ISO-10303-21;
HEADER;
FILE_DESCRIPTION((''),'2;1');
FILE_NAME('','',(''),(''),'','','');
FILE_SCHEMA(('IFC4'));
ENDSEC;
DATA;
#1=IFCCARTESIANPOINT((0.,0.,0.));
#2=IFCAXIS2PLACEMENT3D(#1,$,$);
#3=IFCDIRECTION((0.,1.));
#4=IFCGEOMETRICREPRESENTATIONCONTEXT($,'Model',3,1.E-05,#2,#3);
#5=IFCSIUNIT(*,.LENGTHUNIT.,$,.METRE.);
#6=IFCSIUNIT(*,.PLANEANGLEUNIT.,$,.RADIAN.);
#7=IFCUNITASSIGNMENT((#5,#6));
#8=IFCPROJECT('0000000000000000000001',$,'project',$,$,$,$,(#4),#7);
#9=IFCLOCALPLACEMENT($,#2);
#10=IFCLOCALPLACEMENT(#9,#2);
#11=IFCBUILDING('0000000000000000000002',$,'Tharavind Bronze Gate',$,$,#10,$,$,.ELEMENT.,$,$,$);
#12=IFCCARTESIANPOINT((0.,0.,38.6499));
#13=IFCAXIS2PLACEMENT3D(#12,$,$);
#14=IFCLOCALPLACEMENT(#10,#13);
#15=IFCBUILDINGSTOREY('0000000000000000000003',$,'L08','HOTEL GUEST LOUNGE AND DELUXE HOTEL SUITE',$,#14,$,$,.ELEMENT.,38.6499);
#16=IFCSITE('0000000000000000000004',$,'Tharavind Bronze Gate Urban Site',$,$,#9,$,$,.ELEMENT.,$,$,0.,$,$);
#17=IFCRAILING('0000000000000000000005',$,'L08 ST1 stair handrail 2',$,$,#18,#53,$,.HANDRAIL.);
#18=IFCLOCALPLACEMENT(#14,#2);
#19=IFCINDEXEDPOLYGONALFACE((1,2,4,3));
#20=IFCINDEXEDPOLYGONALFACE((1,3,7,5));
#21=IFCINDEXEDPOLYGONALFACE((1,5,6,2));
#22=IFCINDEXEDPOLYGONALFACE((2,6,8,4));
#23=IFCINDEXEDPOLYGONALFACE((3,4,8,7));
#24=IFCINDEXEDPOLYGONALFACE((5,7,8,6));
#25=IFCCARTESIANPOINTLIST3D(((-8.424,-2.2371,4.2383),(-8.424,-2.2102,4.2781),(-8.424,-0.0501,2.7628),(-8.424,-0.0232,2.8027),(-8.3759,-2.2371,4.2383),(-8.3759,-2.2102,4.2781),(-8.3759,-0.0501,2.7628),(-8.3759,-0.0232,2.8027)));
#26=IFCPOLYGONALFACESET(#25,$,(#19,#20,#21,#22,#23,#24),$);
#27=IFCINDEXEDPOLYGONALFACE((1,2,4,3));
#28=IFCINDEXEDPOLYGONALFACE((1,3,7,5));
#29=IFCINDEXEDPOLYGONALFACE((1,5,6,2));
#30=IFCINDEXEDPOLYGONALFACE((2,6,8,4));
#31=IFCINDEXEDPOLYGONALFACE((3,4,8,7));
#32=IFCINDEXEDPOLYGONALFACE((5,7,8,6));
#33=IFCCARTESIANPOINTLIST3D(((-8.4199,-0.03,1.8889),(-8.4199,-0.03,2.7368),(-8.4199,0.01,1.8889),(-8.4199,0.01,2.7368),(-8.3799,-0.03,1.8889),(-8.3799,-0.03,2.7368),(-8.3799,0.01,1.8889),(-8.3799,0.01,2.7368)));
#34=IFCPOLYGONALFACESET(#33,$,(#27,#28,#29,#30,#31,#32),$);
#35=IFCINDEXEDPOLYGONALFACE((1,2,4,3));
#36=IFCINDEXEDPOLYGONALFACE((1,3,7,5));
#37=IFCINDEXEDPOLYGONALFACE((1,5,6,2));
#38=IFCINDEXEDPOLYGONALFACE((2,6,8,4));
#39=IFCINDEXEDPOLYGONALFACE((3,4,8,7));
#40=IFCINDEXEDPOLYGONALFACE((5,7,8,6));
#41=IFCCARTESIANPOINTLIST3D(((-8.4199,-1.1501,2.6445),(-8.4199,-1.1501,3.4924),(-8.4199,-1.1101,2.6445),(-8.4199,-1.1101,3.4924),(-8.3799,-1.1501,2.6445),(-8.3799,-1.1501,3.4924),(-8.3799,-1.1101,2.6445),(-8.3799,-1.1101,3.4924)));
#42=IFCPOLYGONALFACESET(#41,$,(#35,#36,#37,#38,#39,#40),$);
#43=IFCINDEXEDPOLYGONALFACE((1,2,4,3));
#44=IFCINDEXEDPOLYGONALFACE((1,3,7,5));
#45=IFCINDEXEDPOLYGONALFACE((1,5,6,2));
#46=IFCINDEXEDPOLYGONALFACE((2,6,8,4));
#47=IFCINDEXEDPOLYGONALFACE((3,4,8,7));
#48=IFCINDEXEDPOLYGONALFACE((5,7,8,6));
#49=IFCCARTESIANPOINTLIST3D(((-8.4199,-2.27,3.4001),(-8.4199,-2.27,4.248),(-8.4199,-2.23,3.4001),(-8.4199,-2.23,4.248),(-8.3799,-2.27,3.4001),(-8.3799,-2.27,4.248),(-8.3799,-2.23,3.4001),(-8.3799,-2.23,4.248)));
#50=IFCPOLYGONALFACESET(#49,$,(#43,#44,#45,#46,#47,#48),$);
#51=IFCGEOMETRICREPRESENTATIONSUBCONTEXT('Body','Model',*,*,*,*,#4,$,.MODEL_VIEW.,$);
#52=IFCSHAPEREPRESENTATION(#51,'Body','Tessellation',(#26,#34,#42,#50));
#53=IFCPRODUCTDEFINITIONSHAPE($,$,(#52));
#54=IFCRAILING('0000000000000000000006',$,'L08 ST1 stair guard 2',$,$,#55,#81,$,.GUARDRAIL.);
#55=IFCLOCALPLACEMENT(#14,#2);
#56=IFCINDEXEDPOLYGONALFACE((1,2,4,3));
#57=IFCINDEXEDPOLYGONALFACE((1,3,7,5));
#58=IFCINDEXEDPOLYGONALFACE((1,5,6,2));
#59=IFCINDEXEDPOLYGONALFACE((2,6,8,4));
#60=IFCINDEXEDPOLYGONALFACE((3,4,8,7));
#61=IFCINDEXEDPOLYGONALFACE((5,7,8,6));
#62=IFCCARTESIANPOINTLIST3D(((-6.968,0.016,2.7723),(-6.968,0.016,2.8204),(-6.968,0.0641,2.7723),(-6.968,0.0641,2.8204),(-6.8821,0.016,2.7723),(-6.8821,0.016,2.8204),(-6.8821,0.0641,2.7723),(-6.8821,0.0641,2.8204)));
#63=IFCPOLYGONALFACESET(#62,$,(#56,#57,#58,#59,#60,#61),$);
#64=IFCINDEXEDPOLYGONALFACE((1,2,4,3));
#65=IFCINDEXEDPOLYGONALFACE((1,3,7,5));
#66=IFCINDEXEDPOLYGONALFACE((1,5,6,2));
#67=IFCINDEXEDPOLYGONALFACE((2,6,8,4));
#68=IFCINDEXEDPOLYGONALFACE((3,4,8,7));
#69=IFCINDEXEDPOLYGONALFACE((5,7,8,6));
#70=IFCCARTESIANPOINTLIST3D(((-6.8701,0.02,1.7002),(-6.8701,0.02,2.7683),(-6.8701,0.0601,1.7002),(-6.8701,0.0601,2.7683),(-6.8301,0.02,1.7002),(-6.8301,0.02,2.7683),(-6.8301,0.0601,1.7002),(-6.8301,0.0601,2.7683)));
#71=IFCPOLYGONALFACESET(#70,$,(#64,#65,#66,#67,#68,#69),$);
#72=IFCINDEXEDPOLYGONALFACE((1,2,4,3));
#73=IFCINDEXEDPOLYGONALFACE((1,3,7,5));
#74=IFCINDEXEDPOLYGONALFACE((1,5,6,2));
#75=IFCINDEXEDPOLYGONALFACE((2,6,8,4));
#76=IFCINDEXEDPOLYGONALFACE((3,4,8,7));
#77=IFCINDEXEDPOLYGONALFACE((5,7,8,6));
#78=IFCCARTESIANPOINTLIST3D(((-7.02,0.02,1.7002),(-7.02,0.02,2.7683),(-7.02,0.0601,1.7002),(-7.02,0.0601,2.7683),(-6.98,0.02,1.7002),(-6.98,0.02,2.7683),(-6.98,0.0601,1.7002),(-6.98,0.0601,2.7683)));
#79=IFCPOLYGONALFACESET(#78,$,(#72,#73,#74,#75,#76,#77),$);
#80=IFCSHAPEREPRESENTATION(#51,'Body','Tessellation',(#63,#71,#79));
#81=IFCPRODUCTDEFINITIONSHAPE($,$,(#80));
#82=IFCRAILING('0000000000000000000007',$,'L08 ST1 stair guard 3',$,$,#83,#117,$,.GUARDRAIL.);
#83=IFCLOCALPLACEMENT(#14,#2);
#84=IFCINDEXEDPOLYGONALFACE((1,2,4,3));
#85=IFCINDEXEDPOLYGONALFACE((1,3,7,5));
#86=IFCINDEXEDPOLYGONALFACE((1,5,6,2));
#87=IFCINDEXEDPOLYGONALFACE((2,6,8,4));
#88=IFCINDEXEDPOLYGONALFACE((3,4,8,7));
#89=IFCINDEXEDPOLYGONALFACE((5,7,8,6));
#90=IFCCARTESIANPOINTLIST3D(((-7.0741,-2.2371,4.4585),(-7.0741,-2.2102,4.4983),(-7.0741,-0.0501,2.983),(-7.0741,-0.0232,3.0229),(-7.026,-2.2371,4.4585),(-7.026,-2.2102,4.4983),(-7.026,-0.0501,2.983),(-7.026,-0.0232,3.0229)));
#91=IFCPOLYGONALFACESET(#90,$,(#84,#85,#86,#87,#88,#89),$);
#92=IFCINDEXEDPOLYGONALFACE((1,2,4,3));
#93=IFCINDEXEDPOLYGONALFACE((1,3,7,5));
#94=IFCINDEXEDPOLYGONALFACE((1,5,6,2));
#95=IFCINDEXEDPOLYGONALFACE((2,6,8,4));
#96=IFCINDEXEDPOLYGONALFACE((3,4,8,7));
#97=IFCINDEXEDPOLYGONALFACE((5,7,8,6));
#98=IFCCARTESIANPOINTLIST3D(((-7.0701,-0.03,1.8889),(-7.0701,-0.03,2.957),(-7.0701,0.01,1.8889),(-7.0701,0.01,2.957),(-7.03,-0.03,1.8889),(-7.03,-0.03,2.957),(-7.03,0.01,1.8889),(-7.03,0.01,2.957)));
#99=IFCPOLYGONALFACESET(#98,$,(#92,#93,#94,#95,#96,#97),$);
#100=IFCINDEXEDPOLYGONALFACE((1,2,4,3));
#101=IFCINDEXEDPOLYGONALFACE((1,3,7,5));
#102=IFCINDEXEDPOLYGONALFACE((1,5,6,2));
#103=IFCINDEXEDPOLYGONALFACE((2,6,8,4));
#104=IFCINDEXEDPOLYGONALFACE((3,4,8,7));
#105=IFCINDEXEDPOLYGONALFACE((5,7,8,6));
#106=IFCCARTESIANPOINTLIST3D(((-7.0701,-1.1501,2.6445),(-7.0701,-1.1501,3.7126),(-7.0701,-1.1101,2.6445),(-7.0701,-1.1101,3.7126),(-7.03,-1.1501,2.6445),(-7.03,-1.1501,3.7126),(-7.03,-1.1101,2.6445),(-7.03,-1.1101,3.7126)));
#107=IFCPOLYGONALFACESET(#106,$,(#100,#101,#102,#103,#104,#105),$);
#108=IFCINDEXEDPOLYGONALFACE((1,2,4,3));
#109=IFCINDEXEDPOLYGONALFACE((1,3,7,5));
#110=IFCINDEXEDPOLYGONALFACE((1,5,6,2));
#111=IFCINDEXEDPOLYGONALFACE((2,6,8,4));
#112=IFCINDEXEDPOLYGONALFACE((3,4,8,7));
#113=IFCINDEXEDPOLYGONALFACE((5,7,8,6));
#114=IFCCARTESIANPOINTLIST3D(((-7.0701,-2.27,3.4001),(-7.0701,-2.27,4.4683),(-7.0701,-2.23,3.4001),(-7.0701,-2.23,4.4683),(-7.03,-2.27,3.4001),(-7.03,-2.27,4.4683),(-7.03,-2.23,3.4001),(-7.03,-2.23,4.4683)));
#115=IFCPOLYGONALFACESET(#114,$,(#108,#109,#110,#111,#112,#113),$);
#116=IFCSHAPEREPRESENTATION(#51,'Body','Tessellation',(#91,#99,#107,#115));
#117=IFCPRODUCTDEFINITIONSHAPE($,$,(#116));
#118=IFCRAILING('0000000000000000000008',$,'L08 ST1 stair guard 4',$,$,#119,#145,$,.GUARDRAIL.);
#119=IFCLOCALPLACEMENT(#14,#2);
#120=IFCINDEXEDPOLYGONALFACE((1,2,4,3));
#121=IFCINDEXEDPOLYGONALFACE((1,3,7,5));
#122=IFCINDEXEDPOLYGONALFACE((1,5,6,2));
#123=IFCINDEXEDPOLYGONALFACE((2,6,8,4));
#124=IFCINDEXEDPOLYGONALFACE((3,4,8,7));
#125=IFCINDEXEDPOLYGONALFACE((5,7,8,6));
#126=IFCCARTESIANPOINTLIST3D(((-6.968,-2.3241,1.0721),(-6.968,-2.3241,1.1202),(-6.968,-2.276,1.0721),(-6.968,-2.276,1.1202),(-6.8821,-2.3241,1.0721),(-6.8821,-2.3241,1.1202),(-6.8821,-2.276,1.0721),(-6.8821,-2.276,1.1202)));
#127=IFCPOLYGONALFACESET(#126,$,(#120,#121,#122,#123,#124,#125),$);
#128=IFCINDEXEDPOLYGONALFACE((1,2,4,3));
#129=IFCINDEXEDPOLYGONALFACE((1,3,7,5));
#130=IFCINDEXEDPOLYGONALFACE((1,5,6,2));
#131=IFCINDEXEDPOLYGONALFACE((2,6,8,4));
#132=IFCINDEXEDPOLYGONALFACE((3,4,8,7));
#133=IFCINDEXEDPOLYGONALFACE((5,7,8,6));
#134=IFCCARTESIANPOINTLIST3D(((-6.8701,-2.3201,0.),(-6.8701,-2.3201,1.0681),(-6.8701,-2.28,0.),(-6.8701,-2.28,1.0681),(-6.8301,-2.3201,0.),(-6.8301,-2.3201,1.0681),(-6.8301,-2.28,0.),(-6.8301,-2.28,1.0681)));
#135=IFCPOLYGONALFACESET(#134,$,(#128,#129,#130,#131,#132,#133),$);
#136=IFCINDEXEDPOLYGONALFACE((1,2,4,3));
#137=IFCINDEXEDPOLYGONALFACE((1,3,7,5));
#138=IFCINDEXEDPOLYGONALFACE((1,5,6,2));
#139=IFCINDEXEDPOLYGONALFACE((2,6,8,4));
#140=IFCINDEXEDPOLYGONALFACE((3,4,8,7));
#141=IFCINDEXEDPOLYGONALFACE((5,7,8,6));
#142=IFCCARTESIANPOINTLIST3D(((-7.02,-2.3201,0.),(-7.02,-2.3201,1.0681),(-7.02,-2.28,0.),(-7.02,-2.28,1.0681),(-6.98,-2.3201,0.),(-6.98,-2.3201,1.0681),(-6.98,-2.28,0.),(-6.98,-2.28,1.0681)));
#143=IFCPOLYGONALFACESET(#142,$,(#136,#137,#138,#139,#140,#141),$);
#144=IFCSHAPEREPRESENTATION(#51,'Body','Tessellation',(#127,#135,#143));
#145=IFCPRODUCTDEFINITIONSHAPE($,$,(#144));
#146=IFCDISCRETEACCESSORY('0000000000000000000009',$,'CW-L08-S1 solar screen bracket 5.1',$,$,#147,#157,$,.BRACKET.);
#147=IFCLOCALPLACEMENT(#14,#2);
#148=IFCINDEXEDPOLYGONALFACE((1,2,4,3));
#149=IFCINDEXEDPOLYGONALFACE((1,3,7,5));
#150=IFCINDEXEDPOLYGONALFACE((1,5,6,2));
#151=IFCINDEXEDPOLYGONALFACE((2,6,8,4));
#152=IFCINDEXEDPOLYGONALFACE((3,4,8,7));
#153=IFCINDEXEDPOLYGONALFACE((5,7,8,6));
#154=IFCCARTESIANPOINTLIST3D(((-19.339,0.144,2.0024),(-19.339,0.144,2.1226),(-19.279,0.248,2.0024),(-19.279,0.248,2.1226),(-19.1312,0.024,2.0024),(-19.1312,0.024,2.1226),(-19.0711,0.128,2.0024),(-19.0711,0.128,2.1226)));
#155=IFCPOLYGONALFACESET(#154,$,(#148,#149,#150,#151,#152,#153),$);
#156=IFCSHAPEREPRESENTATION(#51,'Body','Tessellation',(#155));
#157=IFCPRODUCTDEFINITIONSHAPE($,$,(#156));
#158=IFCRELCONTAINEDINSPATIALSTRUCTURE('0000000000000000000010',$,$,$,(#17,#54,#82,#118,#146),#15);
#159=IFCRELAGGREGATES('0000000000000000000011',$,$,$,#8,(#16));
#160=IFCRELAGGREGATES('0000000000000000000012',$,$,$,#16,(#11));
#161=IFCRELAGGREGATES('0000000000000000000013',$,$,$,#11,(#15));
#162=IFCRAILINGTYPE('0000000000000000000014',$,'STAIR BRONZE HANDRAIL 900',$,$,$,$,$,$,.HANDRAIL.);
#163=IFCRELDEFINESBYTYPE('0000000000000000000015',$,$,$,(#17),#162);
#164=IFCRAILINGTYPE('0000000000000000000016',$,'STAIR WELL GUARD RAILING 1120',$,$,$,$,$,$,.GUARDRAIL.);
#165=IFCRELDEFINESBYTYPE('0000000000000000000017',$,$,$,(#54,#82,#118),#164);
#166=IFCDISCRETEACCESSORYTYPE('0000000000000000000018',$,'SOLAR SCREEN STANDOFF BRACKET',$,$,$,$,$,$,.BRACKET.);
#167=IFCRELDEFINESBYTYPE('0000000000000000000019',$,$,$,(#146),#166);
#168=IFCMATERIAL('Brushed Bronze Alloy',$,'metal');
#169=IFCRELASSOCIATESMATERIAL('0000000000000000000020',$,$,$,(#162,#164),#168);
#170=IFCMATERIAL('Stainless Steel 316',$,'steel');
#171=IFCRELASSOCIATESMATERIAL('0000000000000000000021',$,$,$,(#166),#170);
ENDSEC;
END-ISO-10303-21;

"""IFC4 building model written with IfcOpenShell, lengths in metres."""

from ifc_helpers import new_model, si_unit, direction, frame, origin, origin_2d, place, context, subcontext, project, spatial, rectangle, extrude, material, type_object, element, save


model = new_model("IFC4")

# Units and contexts
model_context = context("Model", 3, precision=1e-05, world=origin(), true_north=direction((0.0, 1.0)))
body_context = subcontext(model_context, "Body", "Model", "MODEL_VIEW")
ifc_project = project(units=[si_unit("LENGTHUNIT", "METRE"), si_unit("PLANEANGLEUNIT", "RADIAN")], contexts=[model_context])

# Site, building, storey
site_placement = place(None, origin())
site = spatial("IfcSite", under=ifc_project, at=site_placement, Name="Tharavind Bronze Gate Urban Site", CompositionType="ELEMENT", RefElevation=0.0)
building_placement = place(site_placement, origin())
building = spatial("IfcBuilding", under=site, at=building_placement, Name="Tharavind Bronze Gate", CompositionType="ELEMENT")
storey_placement = place(building_placement, frame((0.0, 0.0, 38.6499)))
storey = spatial("IfcBuildingStorey", under=building, at=storey_placement, Name="L08", Description="HOTEL GUEST LOUNGE AND DELUXE HOTEL SUITE", CompositionType="ELEMENT", Elevation=38.6499)

# Railings
ifc_material_1 = material(Name="Brushed Bronze Alloy", Category="metal")
railing_type_1 = type_object("IfcRailingType", Name="STAIR BRONZE HANDRAIL 900", PredefinedType="HANDRAIL", material=ifc_material_1)
railing_1_placement = place(storey_placement, frame((-8.3999, -0.01, 1.8889)))
element("IfcRailing", 1, at=railing_1_placement, inside=storey, type_object=railing_type_1, Name="L08 ST1 stair handrail 2", PredefinedType="HANDRAIL", context=body_context, shape_type="SweptSolid", body=[
    extrude(rectangle(XDim=0.0481, YDim=0.0481, at=origin_2d()), frame((0.0, -0.0266, 0.8938), z_axis=(0.0, -0.82898, 0.559279), x_axis=(1.0, 0.0, 0.0)), (0.0, 0.0, 1.0), 2.6382),
    extrude(rectangle(XDim=0.04, YDim=0.04, at=origin_2d()), origin(), (0.0, 0.0, 1.0), 0.8479),
    extrude(rectangle(XDim=0.04, YDim=0.04, at=origin_2d()), frame((0.0, -1.1201, 0.7556)), (0.0, 0.0, 1.0), 0.8479),
    extrude(rectangle(XDim=0.04, YDim=0.04, at=origin_2d()), frame((0.0, -2.24, 1.5112)), (0.0, 0.0, 1.0), 0.8479),
])
railing_type_2 = type_object("IfcRailingType", Name="STAIR WELL GUARD RAILING 1120", PredefinedType="GUARDRAIL", material=ifc_material_1)
railing_2_placement = place(storey_placement, frame((-6.8501, 0.04, 1.7002)))
element("IfcRailing", 2, at=railing_2_placement, inside=storey, type_object=railing_type_2, Name="L08 ST1 stair guard 2", PredefinedType="GUARDRAIL", context=body_context, shape_type="SweptSolid", body=[
    extrude(rectangle(XDim=0.0481, YDim=0.0481, at=origin_2d()), frame((-0.032, 0.0, 1.0962), z_axis=(-1.0, 0.0, 0.0), x_axis=(0.0, -1.0, 0.0)), (0.0, 0.0, 1.0), 0.0859),
    extrude(rectangle(XDim=0.04, YDim=0.04, at=origin_2d()), origin(), (0.0, 0.0, 1.0), 1.0681),
    extrude(rectangle(XDim=0.04, YDim=0.04, at=origin_2d()), frame((-0.1499, 0.0, 0.0)), (0.0, 0.0, 1.0), 1.0681),
])
railing_3_placement = place(storey_placement, frame((-7.05, -0.01, 1.8889)))
element("IfcRailing", 3, at=railing_3_placement, inside=storey, type_object=railing_type_2, Name="L08 ST1 stair guard 3", PredefinedType="GUARDRAIL", context=body_context, shape_type="SweptSolid", body=[
    extrude(rectangle(XDim=0.0481, YDim=0.0481, at=origin_2d()), frame((0.0, -0.0266, 1.114), z_axis=(0.0, -0.82898, 0.559279), x_axis=(1.0, 0.0, 0.0)), (0.0, 0.0, 1.0), 2.6382),
    extrude(rectangle(XDim=0.04, YDim=0.04, at=origin_2d()), origin(), (0.0, 0.0, 1.0), 1.0681),
    extrude(rectangle(XDim=0.04, YDim=0.04, at=origin_2d()), frame((0.0, -1.1201, 0.7556)), (0.0, 0.0, 1.0), 1.0681),
    extrude(rectangle(XDim=0.04, YDim=0.04, at=origin_2d()), frame((0.0, -2.24, 1.5112)), (0.0, 0.0, 1.0), 1.0681),
])
railing_4_placement = place(storey_placement, frame((-6.8501, -2.3, 0.0)))
element("IfcRailing", 4, at=railing_4_placement, inside=storey, type_object=railing_type_2, Name="L08 ST1 stair guard 4", PredefinedType="GUARDRAIL", context=body_context, shape_type="SweptSolid", body=[
    extrude(rectangle(XDim=0.0481, YDim=0.0481, at=origin_2d()), frame((-0.032, 0.0, 1.0962), z_axis=(-1.0, 0.0, 0.0), x_axis=(0.0, -1.0, 0.0)), (0.0, 0.0, 1.0), 0.0859),
    extrude(rectangle(XDim=0.04, YDim=0.04, at=origin_2d()), origin(), (0.0, 0.0, 1.0), 1.0681),
    extrude(rectangle(XDim=0.04, YDim=0.04, at=origin_2d()), frame((-0.1499, 0.0, 0.0)), (0.0, 0.0, 1.0), 1.0681),
])

# Discrete accessory
ifc_material_2 = material(Name="Stainless Steel 316", Category="steel")
discrete_accessory_type = type_object("IfcDiscreteAccessoryType", Name="SOLAR SCREEN STANDOFF BRACKET", PredefinedType="BRACKET", material=ifc_material_2)
discrete_accessory_placement = place(storey_placement, frame((-19.2051, 0.136, 2.0024), z_axis=(0.0, 0.0, 1.0), x_axis=(-0.500002, -0.866025, 0.0)))
element("IfcDiscreteAccessory", 5, at=discrete_accessory_placement, inside=storey, type_object=discrete_accessory_type, Name="CW-L08-S1 solar screen bracket 5.1", PredefinedType="BRACKET", context=body_context, shape_type="SweptSolid", body=[
    extrude(rectangle(XDim=0.1201, YDim=0.24, at=origin_2d()), origin(), (0.0, 0.0, 1.0), 0.1201),
])

save(model, "model.ifc")
